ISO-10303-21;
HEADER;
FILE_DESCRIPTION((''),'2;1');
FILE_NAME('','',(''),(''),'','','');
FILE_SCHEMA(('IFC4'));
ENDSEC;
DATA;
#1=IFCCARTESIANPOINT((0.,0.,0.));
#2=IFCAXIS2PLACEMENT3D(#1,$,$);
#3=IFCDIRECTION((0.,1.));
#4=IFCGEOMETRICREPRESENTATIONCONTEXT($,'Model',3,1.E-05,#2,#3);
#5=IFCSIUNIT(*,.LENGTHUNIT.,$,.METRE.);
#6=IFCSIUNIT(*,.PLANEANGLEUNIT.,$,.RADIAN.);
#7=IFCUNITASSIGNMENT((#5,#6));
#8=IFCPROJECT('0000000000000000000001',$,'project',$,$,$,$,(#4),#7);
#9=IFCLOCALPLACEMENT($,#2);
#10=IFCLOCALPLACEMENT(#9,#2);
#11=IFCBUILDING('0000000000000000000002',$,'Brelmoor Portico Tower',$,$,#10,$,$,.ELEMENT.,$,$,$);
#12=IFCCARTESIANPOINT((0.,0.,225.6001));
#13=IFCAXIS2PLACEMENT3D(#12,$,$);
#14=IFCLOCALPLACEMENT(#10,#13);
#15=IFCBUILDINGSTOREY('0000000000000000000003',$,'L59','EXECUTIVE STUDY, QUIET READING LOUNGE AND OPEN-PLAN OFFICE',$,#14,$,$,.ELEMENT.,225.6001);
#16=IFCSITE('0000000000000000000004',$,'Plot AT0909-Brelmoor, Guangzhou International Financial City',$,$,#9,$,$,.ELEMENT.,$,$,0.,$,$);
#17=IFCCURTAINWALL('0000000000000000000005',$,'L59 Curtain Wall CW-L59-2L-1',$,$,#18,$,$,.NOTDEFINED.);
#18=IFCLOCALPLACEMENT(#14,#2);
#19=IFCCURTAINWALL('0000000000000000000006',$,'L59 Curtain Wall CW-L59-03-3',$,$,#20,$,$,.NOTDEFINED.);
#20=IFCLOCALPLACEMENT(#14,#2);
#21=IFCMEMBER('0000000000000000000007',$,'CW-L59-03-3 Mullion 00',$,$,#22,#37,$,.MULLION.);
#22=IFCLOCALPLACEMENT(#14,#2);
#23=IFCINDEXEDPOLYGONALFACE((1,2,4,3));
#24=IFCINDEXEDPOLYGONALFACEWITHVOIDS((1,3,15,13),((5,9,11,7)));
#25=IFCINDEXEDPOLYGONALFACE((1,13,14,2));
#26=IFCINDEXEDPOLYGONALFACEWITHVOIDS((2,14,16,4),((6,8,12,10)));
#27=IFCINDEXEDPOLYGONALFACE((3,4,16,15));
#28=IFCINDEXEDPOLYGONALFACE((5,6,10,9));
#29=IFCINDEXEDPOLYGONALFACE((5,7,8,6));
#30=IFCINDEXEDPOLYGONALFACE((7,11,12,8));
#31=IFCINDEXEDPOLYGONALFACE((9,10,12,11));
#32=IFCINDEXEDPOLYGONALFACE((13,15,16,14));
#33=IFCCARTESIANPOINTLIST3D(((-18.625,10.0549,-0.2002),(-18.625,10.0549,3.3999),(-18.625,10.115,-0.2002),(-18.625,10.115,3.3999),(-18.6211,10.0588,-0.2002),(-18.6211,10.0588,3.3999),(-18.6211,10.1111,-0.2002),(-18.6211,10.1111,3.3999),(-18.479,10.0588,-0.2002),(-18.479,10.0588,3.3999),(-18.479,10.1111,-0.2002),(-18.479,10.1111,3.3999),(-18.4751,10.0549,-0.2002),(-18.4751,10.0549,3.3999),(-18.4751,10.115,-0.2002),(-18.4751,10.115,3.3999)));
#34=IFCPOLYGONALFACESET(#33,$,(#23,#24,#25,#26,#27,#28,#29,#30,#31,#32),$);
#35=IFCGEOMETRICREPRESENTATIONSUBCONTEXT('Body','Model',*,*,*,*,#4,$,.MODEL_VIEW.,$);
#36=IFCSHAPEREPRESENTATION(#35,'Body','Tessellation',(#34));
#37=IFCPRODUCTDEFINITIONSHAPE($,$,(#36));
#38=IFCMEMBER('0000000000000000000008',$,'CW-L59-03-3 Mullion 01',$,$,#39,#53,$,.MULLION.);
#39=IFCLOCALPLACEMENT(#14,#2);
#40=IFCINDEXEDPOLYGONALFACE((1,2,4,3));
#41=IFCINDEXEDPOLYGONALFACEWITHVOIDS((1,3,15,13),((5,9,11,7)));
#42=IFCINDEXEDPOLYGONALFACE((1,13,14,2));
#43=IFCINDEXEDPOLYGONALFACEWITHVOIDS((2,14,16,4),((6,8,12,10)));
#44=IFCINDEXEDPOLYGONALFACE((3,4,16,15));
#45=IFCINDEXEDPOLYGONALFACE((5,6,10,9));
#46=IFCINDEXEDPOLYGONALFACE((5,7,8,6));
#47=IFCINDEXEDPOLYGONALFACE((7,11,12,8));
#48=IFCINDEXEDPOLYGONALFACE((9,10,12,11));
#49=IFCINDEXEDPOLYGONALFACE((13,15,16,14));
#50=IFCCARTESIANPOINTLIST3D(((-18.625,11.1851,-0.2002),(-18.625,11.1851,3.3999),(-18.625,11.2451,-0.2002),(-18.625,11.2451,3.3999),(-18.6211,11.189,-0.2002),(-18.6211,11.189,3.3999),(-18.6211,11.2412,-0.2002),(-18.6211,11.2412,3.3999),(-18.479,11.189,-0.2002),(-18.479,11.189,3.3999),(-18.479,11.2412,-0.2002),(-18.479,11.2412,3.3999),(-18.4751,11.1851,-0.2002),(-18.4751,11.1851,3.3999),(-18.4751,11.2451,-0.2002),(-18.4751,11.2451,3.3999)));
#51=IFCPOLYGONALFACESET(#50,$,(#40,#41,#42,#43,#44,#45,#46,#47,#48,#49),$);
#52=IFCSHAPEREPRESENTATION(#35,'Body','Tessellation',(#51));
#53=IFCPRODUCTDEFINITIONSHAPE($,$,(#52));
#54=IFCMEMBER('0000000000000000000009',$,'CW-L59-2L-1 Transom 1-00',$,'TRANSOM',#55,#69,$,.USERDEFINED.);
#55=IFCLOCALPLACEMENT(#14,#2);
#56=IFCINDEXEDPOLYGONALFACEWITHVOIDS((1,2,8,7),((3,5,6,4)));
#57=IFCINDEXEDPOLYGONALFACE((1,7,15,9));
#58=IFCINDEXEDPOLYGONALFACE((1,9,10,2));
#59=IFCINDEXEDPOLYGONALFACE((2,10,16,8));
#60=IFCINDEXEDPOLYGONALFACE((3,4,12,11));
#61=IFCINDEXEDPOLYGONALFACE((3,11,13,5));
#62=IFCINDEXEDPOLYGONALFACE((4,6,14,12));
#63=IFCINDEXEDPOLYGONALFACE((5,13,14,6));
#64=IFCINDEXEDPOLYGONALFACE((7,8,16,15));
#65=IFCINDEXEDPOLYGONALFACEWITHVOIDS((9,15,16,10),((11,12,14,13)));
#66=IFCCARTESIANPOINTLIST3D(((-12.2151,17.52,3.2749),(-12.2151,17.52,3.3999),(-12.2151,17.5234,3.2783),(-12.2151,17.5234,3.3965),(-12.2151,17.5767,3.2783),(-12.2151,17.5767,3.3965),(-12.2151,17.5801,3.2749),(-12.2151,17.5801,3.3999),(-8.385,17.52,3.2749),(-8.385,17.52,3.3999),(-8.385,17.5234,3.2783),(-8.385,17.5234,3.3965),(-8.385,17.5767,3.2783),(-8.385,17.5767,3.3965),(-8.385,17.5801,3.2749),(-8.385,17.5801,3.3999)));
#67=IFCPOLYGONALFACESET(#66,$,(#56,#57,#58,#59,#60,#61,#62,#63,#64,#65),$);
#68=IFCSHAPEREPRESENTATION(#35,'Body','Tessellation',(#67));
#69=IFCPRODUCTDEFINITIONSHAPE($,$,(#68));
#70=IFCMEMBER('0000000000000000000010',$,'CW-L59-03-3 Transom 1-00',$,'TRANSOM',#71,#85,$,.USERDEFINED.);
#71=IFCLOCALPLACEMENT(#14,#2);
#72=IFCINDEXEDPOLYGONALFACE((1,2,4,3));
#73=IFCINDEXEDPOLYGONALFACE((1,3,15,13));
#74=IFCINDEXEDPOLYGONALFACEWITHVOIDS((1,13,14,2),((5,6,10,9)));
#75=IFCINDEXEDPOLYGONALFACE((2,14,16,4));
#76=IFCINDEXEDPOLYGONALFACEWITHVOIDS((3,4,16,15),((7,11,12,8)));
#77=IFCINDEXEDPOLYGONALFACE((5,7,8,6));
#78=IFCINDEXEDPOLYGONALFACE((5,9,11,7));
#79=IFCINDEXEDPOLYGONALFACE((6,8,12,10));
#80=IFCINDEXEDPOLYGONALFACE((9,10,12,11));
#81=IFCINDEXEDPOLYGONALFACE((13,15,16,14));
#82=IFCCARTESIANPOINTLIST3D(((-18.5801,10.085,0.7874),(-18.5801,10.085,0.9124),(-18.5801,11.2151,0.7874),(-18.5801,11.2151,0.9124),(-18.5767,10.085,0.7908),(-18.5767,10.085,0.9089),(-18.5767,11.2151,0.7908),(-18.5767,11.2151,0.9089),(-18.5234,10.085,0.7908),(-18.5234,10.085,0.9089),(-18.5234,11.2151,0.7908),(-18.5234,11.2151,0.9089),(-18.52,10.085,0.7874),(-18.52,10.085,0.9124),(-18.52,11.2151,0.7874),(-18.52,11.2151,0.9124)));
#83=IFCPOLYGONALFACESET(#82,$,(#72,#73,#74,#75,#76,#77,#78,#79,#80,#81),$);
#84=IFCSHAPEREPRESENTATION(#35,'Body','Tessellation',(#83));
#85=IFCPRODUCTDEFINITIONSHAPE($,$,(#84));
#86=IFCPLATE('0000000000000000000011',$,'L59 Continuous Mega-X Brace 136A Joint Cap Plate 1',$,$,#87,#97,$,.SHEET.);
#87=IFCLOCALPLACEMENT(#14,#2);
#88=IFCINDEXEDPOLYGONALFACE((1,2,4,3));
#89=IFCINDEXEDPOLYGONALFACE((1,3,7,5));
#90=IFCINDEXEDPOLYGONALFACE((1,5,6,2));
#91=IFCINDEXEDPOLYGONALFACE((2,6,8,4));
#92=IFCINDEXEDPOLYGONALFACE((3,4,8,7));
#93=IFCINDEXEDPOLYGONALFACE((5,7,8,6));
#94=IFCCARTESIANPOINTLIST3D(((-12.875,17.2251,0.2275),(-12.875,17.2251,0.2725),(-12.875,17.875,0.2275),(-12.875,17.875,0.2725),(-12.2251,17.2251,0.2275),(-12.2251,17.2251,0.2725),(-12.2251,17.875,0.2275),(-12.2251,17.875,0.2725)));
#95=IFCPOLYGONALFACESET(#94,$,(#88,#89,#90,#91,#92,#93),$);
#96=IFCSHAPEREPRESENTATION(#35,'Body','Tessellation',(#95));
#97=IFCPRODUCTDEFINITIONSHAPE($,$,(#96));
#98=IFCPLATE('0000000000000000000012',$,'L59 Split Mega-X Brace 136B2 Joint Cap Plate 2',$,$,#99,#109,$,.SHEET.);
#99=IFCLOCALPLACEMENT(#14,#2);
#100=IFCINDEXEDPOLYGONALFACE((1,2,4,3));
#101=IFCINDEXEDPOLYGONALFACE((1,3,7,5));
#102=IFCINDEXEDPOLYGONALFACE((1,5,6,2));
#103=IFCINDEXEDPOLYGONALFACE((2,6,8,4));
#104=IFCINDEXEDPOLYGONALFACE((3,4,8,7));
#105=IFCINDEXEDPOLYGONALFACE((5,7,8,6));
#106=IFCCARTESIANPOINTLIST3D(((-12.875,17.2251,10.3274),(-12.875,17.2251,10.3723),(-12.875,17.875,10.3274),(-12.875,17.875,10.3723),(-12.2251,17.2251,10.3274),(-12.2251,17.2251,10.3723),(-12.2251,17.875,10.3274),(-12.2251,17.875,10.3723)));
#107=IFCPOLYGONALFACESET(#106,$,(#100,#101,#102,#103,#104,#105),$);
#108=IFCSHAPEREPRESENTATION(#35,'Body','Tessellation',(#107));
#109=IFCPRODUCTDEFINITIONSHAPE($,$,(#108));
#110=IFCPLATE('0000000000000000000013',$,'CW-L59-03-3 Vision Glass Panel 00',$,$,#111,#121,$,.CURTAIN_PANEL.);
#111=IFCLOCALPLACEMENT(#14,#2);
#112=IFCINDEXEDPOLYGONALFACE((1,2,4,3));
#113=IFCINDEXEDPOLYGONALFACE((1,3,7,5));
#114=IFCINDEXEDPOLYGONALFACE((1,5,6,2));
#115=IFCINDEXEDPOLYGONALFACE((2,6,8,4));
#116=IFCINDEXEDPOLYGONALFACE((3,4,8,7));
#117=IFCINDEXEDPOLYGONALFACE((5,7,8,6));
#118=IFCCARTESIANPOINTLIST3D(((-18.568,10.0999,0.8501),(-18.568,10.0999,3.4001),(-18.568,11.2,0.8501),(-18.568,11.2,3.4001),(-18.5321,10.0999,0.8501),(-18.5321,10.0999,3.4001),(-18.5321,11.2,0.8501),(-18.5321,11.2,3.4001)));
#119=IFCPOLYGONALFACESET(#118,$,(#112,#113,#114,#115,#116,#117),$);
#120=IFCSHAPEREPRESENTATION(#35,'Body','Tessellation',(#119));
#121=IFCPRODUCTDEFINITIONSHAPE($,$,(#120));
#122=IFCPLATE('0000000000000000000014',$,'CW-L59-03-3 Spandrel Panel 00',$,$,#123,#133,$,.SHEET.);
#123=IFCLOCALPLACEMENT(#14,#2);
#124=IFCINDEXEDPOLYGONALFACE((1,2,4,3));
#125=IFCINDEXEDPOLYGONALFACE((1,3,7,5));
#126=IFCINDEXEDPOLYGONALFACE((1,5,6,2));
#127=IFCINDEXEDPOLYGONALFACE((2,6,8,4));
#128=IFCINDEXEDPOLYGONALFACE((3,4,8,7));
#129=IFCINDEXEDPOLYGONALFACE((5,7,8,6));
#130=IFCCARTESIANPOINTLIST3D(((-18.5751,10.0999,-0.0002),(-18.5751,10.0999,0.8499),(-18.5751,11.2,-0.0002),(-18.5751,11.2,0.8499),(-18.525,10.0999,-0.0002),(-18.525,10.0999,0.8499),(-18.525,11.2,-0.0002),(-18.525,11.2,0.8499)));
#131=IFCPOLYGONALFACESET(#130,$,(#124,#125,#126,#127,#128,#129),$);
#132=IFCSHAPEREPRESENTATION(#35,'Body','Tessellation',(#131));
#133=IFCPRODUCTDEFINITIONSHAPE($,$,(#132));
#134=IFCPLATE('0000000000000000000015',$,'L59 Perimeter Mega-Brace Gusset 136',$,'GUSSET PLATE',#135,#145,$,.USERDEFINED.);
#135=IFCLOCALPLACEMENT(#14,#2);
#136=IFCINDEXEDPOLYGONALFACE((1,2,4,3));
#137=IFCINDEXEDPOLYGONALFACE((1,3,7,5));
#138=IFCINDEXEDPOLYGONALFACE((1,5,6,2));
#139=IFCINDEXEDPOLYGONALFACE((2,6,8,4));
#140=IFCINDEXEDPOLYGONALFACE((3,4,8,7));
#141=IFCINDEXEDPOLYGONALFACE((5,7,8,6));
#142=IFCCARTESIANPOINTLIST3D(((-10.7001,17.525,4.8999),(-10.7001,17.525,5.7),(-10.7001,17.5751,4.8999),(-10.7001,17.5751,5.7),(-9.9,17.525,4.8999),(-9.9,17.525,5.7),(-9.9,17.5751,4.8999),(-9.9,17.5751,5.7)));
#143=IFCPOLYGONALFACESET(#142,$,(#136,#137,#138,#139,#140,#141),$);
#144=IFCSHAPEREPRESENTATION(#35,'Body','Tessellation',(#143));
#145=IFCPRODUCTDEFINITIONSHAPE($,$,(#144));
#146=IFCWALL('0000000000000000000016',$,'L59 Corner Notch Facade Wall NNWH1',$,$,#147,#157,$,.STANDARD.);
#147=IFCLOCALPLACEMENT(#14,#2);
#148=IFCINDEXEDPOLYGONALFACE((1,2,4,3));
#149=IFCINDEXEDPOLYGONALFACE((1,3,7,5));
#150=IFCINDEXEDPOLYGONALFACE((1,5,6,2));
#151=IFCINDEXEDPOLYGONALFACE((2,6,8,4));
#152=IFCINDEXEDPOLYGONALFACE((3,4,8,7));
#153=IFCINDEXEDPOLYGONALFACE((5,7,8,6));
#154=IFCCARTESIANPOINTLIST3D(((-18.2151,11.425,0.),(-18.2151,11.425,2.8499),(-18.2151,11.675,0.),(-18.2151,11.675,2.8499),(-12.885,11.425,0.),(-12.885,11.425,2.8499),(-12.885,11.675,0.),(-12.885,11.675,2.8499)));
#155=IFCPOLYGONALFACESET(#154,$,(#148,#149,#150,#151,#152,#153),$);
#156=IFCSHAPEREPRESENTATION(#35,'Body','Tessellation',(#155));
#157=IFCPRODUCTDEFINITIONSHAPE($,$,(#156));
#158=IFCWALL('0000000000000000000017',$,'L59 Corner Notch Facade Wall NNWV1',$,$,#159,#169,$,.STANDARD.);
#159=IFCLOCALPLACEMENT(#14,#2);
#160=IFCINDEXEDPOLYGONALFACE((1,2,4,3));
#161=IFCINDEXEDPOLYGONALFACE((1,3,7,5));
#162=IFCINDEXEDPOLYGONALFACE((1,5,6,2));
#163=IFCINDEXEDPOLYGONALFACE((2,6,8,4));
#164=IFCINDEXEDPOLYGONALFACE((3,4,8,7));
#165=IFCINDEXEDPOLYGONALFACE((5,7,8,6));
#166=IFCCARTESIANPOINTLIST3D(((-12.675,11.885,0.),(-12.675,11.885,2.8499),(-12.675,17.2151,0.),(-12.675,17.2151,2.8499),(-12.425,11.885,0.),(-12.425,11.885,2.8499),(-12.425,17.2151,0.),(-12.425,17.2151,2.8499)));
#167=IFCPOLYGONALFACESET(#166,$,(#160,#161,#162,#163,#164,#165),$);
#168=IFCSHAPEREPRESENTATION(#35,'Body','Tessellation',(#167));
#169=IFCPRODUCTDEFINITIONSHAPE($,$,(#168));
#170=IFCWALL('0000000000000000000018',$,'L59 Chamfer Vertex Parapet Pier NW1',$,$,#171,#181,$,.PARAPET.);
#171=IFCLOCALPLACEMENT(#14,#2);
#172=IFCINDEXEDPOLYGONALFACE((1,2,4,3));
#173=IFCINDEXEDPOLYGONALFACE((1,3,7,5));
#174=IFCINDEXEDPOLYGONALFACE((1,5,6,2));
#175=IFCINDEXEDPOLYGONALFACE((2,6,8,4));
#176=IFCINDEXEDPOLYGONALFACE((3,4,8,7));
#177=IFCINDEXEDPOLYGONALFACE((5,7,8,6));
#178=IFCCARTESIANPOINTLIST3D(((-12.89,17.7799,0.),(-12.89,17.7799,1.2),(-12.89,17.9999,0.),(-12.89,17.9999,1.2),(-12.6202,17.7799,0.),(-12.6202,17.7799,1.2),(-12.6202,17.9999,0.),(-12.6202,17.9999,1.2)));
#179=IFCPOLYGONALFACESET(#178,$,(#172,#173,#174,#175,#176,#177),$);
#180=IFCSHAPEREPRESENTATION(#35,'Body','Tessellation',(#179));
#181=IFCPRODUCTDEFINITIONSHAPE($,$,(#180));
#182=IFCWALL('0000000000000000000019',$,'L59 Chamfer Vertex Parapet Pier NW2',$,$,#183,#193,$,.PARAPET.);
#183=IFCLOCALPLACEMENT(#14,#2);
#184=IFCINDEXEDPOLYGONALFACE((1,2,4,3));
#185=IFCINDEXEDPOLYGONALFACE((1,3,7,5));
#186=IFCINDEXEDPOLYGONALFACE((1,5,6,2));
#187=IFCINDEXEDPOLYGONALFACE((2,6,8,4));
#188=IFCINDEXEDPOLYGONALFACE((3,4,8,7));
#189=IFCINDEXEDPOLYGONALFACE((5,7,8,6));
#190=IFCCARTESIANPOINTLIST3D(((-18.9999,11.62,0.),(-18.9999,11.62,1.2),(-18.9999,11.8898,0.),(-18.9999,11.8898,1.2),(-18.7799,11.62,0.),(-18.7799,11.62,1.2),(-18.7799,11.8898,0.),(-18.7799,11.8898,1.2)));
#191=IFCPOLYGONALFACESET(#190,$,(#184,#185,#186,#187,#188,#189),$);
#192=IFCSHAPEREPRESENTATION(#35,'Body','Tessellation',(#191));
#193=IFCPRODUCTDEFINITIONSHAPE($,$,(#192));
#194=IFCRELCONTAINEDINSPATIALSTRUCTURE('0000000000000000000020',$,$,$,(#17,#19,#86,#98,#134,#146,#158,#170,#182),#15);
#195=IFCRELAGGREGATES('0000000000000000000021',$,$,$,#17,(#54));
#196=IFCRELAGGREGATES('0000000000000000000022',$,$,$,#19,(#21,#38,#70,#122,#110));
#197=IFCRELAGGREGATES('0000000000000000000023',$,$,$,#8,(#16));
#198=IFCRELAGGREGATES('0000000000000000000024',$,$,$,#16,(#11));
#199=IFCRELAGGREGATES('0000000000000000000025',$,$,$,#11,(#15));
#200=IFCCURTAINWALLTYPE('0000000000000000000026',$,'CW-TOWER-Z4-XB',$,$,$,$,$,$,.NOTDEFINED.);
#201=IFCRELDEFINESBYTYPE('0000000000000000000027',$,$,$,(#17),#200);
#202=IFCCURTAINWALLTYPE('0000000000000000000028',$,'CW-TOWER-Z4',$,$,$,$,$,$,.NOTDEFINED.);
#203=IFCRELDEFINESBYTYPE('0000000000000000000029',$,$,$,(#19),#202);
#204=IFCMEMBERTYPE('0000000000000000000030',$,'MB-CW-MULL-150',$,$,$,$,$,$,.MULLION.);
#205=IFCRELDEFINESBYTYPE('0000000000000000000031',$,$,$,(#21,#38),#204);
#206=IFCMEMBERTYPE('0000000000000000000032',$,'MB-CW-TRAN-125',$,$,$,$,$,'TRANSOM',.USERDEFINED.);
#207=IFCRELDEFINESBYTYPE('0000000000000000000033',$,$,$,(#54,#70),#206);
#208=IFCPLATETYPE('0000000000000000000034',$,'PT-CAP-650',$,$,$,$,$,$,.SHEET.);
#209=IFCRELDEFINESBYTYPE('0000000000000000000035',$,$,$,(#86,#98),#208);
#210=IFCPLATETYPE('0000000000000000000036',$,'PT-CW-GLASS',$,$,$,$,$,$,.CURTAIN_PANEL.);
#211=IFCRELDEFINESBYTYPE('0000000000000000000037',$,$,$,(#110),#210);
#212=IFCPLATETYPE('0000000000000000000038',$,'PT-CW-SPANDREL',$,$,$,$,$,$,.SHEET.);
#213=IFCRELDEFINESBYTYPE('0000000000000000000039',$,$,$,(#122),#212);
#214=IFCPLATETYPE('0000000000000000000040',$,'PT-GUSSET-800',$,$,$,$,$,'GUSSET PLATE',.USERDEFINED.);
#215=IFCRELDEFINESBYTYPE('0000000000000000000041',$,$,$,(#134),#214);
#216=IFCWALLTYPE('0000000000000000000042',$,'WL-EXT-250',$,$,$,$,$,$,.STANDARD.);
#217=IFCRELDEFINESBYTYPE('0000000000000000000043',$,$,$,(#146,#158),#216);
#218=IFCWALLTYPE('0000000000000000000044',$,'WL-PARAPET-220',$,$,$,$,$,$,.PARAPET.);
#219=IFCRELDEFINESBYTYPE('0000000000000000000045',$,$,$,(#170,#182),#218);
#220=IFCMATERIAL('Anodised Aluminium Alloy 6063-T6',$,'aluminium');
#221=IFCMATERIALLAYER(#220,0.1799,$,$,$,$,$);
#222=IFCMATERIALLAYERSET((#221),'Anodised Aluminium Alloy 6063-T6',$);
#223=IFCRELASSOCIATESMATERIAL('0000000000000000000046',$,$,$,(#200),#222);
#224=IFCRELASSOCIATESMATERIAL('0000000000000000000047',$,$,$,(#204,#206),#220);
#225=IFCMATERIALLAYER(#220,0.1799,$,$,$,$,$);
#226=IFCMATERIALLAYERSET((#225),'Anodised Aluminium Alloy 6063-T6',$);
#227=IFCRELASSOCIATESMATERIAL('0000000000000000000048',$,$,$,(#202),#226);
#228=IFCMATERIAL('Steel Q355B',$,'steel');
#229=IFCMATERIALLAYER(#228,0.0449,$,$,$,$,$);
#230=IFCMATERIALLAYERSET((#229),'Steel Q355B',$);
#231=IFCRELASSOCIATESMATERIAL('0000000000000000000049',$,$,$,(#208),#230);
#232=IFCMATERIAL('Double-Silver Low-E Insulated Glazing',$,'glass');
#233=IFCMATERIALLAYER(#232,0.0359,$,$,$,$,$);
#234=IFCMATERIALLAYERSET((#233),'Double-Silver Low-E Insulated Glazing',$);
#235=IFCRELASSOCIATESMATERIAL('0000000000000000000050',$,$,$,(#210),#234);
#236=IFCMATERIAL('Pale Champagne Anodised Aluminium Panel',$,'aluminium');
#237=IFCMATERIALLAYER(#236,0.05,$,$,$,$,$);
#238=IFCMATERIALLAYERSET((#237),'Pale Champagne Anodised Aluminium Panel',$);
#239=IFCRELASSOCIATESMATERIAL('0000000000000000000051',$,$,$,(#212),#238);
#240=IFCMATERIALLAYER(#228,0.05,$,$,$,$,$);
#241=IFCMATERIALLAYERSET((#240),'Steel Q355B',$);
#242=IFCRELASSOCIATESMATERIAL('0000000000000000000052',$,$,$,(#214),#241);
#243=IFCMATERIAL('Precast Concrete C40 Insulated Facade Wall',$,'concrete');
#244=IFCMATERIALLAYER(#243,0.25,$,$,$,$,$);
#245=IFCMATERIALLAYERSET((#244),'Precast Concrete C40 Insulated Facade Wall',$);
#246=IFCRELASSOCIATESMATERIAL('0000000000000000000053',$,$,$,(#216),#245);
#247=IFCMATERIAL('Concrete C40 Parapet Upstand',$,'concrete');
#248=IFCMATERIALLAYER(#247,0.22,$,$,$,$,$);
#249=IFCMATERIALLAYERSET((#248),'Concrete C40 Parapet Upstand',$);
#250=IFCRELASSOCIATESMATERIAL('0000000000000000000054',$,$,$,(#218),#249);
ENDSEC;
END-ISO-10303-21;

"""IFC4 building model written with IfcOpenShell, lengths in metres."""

from ifc_helpers import new_model, si_unit, direction, frame, frame_2d, origin, origin_2d, place, context, subcontext, project, spatial, rectangle, hollow_rectangle, extrude, material, layer, layer_set, material_profile, profile_set, type_object, element, aggregate, save


model = new_model("IFC4")

# Units and contexts
model_context = context("Model", 3, precision=1e-05, world=origin(), true_north=direction((0.0, 1.0)))
body_context = subcontext(model_context, "Body", "Model", "MODEL_VIEW")
ifc_project = project(units=[si_unit("LENGTHUNIT", "METRE"), si_unit("PLANEANGLEUNIT", "RADIAN")], contexts=[model_context])

# Site, building, storey
site_placement = place(None, origin())
site = spatial("IfcSite", under=ifc_project, at=site_placement, Name="Plot AT0909-Brelmoor, Guangzhou International Financial City", CompositionType="ELEMENT", RefElevation=0.0)
building_placement = place(site_placement, origin())
building = spatial("IfcBuilding", under=site, at=building_placement, Name="Brelmoor Portico Tower", CompositionType="ELEMENT")
storey_placement = place(building_placement, frame((0.0, 0.0, 225.6001)))
storey = spatial("IfcBuildingStorey", under=building, at=storey_placement, Name="L59", Description="EXECUTIVE STUDY, QUIET READING LOUNGE AND OPEN-PLAN OFFICE", CompositionType="ELEMENT", Elevation=225.6001)

# Shared definitions
ifc_material_1 = material(Name="Steel Q355B", Category="steel")

# Curtain wall
ifc_material_2 = material(Name="Anodised Aluminium Alloy 6063-T6", Category="aluminium")
ifc_layer_1 = layer(ifc_material_2, 0.1799)
ifc_layer_set_1 = layer_set([ifc_layer_1], Name="Anodised Aluminium Alloy 6063-T6")
curtain_wall_type_1 = type_object("IfcCurtainWallType", Name="CW-TOWER-Z4-XB", PredefinedType="NOTDEFINED", material=ifc_layer_set_1)
curtain_wall_1_placement = place(storey_placement, origin())
curtain_wall_1 = element("IfcCurtainWall", 1, at=curtain_wall_1_placement, inside=storey, type_object=curtain_wall_type_1, Name="L59 Curtain Wall CW-L59-2L-1", PredefinedType="NOTDEFINED")
ifc_material_profile_1 = material_profile(ifc_material_2, hollow_rectangle(XDim=0.0601, YDim=0.1499, WallThickness=0.0039, at=origin_2d()), Name="ALU MULLION 60x150")
ifc_profile_set_1 = profile_set([ifc_material_profile_1], Name="Anodised Aluminium Alloy 6063-T6")
member_type_1 = type_object("IfcMemberType", Name="MB-CW-MULL-150", PredefinedType="MULLION", material=ifc_profile_set_1)

# Curtain wall, members
ifc_layer_2 = layer(ifc_material_2, 0.1799)
ifc_layer_set_2 = layer_set([ifc_layer_2], Name="Anodised Aluminium Alloy 6063-T6")
curtain_wall_type_2 = type_object("IfcCurtainWallType", Name="CW-TOWER-Z4", PredefinedType="NOTDEFINED", material=ifc_layer_set_2)
curtain_wall_2_placement = place(storey_placement, origin())
curtain_wall_2 = element("IfcCurtainWall", 2, at=curtain_wall_2_placement, inside=storey, type_object=curtain_wall_type_2, Name="L59 Curtain Wall CW-L59-03-3", PredefinedType="NOTDEFINED")
member_1_placement = place(storey_placement, frame((-18.55, 10.085, -0.2002), z_axis=(0.0, 0.0, 1.0), x_axis=(0.0, 1.0, 0.0)))
member_1 = element("IfcMember", 3, at=member_1_placement, type_object=member_type_1, Name="CW-L59-03-3 Mullion 00", PredefinedType="MULLION", context=body_context, shape_type="SweptSolid", body=[
    extrude(hollow_rectangle(XDim=0.0601, YDim=0.1499, WallThickness=0.0039, at=origin_2d()), origin(), (0.0, 0.0, 1.0), 3.6001),
])
member_2_placement = place(storey_placement, frame((-18.55, 11.2151, -0.2002), z_axis=(0.0, 0.0, 1.0), x_axis=(0.0, 1.0, 0.0)))
member_2 = element("IfcMember", 4, at=member_2_placement, type_object=member_type_1, Name="CW-L59-03-3 Mullion 01", PredefinedType="MULLION", context=body_context, shape_type="SweptSolid", body=[
    extrude(hollow_rectangle(XDim=0.0601, YDim=0.1499, WallThickness=0.0039, at=origin_2d()), origin(), (0.0, 0.0, 1.0), 3.6001),
])

# Members
ifc_material_profile_2 = material_profile(ifc_material_2, hollow_rectangle(XDim=0.0601, YDim=0.125, WallThickness=0.0034, at=origin_2d()), Name="ALU TRANSOM 60x125")
ifc_profile_set_2 = profile_set([ifc_material_profile_2], Name="Anodised Aluminium Alloy 6063-T6")
member_type_2 = type_object("IfcMemberType", Name="MB-CW-TRAN-125", ElementType="TRANSOM", PredefinedType="USERDEFINED", material=ifc_profile_set_2)
member_3_placement = place(storey_placement, frame((-12.2151, 17.55, 3.3374), z_axis=(1.0, 0.0, 0.0), x_axis=(0.0, 1.0, 0.0)))
member_3 = element("IfcMember", 5, at=member_3_placement, type_object=member_type_2, Name="CW-L59-2L-1 Transom 1-00", ObjectType="TRANSOM", PredefinedType="USERDEFINED", context=body_context, shape_type="SweptSolid", body=[
    extrude(hollow_rectangle(XDim=0.0601, YDim=0.125, WallThickness=0.0034, at=origin_2d()), origin(), (0.0, 0.0, 1.0), 3.8301),
])
aggregate(curtain_wall_1, [member_3])
member_4_placement = place(storey_placement, frame((-18.55, 10.085, 0.8499), z_axis=(0.0, 1.0, 0.0), x_axis=(-1.0, 0.0, 0.0)))
member_4 = element("IfcMember", 6, at=member_4_placement, type_object=member_type_2, Name="CW-L59-03-3 Transom 1-00", ObjectType="TRANSOM", PredefinedType="USERDEFINED", context=body_context, shape_type="SweptSolid", body=[
    extrude(hollow_rectangle(XDim=0.0601, YDim=0.125, WallThickness=0.0034, at=origin_2d()), origin(), (0.0, 0.0, 1.0), 1.1301),
])

# Plates
ifc_layer_3 = layer(ifc_material_1, 0.0449)
ifc_layer_set_3 = layer_set([ifc_layer_3], Name="Steel Q355B")
plate_type_1 = type_object("IfcPlateType", Name="PT-CAP-650", PredefinedType="SHEET", material=ifc_layer_set_3)
for number, where, z_axis, x_axis, name in (
    (7, (-12.55, 17.55, 0.2275), (0.0, 0.0, 1.0), (1.0, 0.0, 0.0), "L59 Continuous Mega-X Brace 136A Joint Cap Plate 1"),
    (8, (-12.55, 17.55, 10.3274), (0.0, 0.0, 1.0), (1.0, 0.0, 0.0), "L59 Split Mega-X Brace 136B2 Joint Cap Plate 2"),
):
    element("IfcPlate", number, at=place(storey_placement, frame(where, z_axis=z_axis, x_axis=x_axis)), inside=storey, type_object=plate_type_1, Name=name, PredefinedType="SHEET", context=body_context, shape_type="SweptSolid", body=[
        extrude(rectangle(XDim=0.6499, YDim=0.6499, at=origin_2d()), origin(), (0.0, 0.0, 1.0), 0.0449),
    ])

# Plates
ifc_material_3 = material(Name="Double-Silver Low-E Insulated Glazing", Category="glass")
ifc_layer_4 = layer(ifc_material_3, 0.0359)
ifc_layer_set_4 = layer_set([ifc_layer_4], Name="Double-Silver Low-E Insulated Glazing")
plate_type_2 = type_object("IfcPlateType", Name="PT-CW-GLASS", PredefinedType="CURTAIN_PANEL", material=ifc_layer_set_4)
plate_1_placement = place(storey_placement, frame((-18.55, 10.6499, 0.8501), z_axis=(0.0, 0.0, 1.0), x_axis=(0.0, 1.0, 0.0)))
plate_1 = element("IfcPlate", 9, at=plate_1_placement, type_object=plate_type_2, Name="CW-L59-03-3 Vision Glass Panel 00", PredefinedType="CURTAIN_PANEL", context=body_context, shape_type="SweptSolid", body=[
    extrude(rectangle(XDim=1.1001, YDim=0.0359, at=origin_2d()), origin(), (0.0, 0.0, 1.0), 2.55),
])
ifc_material_4 = material(Name="Pale Champagne Anodised Aluminium Panel", Category="aluminium")
ifc_layer_5 = layer(ifc_material_4, 0.05)
ifc_layer_set_5 = layer_set([ifc_layer_5], Name="Pale Champagne Anodised Aluminium Panel")
plate_type_3 = type_object("IfcPlateType", Name="PT-CW-SPANDREL", PredefinedType="SHEET", material=ifc_layer_set_5)
plate_2_placement = place(storey_placement, frame((-18.55, 10.6499, -0.0002), z_axis=(0.0, 0.0, 1.0), x_axis=(0.0, 1.0, 0.0)))
plate_2 = element("IfcPlate", 10, at=plate_2_placement, type_object=plate_type_3, Name="CW-L59-03-3 Spandrel Panel 00", PredefinedType="SHEET", context=body_context, shape_type="SweptSolid", body=[
    extrude(rectangle(XDim=1.1001, YDim=0.05, at=origin_2d()), origin(), (0.0, 0.0, 1.0), 0.8501),
])
aggregate(curtain_wall_2, [member_1, member_2, member_4, plate_2, plate_1])
ifc_layer_6 = layer(ifc_material_1, 0.05)
ifc_layer_set_6 = layer_set([ifc_layer_6], Name="Steel Q355B")
plate_type_4 = type_object("IfcPlateType", Name="PT-GUSSET-800", ElementType="GUSSET PLATE", PredefinedType="USERDEFINED", material=ifc_layer_set_6)
plate_3_placement = place(storey_placement, frame((-10.3, 17.55, 4.8999), z_axis=(0.0, 0.0, 1.0), x_axis=(1.0, 0.0, 0.0)))
element("IfcPlate", 11, at=plate_3_placement, inside=storey, type_object=plate_type_4, Name="L59 Perimeter Mega-Brace Gusset 136", ObjectType="GUSSET PLATE", PredefinedType="USERDEFINED", context=body_context, shape_type="SweptSolid", body=[
    extrude(rectangle(XDim=0.8, YDim=0.05, at=origin_2d()), origin(), (0.0, 0.0, 1.0), 0.8),
])

# Walls
ifc_material_5 = material(Name="Precast Concrete C40 Insulated Facade Wall", Category="concrete")
ifc_layer_7 = layer(ifc_material_5, 0.25)
ifc_layer_set_7 = layer_set([ifc_layer_7], Name="Precast Concrete C40 Insulated Facade Wall")
wall_type_1 = type_object("IfcWallType", Name="WL-EXT-250", PredefinedType="STANDARD", material=ifc_layer_set_7)
for number, where, z_axis, x_axis, name in (
    (12, (-18.2151, 11.55, 0.0), (0.0, 0.0, 1.0), (1.0, 0.0, 0.0), "L59 Corner Notch Facade Wall NNWH1"),
    (13, (-12.55, 11.885, 0.0), (0.0, 0.0, 1.0), (0.0, 1.0, 0.0), "L59 Corner Notch Facade Wall NNWV1"),
):
    element("IfcWall", number, at=place(storey_placement, frame(where, z_axis=z_axis, x_axis=x_axis)), inside=storey, type_object=wall_type_1, Name=name, PredefinedType="STANDARD", context=body_context, shape_type="SweptSolid", body=[
        extrude(rectangle(XDim=5.3301, YDim=0.25, at=frame_2d((2.665, 0.0))), origin(), (0.0, 0.0, 1.0), 2.8499),
    ])
ifc_material_6 = material(Name="Concrete C40 Parapet Upstand", Category="concrete")
ifc_layer_8 = layer(ifc_material_6, 0.22)
ifc_layer_set_8 = layer_set([ifc_layer_8], Name="Concrete C40 Parapet Upstand")
wall_type_2 = type_object("IfcWallType", Name="WL-PARAPET-220", PredefinedType="PARAPET", material=ifc_layer_set_8)
for number, where, z_axis, x_axis, name in (
    (14, (-12.8899, 17.8899, 0.0), (0.0, 0.0, 1.0), (1.0, 0.0, 0.0), "L59 Chamfer Vertex Parapet Pier NW1"),
    (15, (-18.8899, 11.6201, 0.0), (0.0, 0.0, 1.0), (0.0, 1.0, 0.0), "L59 Chamfer Vertex Parapet Pier NW2"),
):
    element("IfcWall", number, at=place(storey_placement, frame(where, z_axis=z_axis, x_axis=x_axis)), inside=storey, type_object=wall_type_2, Name=name, PredefinedType="PARAPET", context=body_context, shape_type="SweptSolid", body=[
        extrude(rectangle(XDim=0.2698, YDim=0.22, at=frame_2d((0.1348, 0.0))), origin(), (0.0, 0.0, 1.0), 1.2),
    ])

save(model, "model.ifc")
